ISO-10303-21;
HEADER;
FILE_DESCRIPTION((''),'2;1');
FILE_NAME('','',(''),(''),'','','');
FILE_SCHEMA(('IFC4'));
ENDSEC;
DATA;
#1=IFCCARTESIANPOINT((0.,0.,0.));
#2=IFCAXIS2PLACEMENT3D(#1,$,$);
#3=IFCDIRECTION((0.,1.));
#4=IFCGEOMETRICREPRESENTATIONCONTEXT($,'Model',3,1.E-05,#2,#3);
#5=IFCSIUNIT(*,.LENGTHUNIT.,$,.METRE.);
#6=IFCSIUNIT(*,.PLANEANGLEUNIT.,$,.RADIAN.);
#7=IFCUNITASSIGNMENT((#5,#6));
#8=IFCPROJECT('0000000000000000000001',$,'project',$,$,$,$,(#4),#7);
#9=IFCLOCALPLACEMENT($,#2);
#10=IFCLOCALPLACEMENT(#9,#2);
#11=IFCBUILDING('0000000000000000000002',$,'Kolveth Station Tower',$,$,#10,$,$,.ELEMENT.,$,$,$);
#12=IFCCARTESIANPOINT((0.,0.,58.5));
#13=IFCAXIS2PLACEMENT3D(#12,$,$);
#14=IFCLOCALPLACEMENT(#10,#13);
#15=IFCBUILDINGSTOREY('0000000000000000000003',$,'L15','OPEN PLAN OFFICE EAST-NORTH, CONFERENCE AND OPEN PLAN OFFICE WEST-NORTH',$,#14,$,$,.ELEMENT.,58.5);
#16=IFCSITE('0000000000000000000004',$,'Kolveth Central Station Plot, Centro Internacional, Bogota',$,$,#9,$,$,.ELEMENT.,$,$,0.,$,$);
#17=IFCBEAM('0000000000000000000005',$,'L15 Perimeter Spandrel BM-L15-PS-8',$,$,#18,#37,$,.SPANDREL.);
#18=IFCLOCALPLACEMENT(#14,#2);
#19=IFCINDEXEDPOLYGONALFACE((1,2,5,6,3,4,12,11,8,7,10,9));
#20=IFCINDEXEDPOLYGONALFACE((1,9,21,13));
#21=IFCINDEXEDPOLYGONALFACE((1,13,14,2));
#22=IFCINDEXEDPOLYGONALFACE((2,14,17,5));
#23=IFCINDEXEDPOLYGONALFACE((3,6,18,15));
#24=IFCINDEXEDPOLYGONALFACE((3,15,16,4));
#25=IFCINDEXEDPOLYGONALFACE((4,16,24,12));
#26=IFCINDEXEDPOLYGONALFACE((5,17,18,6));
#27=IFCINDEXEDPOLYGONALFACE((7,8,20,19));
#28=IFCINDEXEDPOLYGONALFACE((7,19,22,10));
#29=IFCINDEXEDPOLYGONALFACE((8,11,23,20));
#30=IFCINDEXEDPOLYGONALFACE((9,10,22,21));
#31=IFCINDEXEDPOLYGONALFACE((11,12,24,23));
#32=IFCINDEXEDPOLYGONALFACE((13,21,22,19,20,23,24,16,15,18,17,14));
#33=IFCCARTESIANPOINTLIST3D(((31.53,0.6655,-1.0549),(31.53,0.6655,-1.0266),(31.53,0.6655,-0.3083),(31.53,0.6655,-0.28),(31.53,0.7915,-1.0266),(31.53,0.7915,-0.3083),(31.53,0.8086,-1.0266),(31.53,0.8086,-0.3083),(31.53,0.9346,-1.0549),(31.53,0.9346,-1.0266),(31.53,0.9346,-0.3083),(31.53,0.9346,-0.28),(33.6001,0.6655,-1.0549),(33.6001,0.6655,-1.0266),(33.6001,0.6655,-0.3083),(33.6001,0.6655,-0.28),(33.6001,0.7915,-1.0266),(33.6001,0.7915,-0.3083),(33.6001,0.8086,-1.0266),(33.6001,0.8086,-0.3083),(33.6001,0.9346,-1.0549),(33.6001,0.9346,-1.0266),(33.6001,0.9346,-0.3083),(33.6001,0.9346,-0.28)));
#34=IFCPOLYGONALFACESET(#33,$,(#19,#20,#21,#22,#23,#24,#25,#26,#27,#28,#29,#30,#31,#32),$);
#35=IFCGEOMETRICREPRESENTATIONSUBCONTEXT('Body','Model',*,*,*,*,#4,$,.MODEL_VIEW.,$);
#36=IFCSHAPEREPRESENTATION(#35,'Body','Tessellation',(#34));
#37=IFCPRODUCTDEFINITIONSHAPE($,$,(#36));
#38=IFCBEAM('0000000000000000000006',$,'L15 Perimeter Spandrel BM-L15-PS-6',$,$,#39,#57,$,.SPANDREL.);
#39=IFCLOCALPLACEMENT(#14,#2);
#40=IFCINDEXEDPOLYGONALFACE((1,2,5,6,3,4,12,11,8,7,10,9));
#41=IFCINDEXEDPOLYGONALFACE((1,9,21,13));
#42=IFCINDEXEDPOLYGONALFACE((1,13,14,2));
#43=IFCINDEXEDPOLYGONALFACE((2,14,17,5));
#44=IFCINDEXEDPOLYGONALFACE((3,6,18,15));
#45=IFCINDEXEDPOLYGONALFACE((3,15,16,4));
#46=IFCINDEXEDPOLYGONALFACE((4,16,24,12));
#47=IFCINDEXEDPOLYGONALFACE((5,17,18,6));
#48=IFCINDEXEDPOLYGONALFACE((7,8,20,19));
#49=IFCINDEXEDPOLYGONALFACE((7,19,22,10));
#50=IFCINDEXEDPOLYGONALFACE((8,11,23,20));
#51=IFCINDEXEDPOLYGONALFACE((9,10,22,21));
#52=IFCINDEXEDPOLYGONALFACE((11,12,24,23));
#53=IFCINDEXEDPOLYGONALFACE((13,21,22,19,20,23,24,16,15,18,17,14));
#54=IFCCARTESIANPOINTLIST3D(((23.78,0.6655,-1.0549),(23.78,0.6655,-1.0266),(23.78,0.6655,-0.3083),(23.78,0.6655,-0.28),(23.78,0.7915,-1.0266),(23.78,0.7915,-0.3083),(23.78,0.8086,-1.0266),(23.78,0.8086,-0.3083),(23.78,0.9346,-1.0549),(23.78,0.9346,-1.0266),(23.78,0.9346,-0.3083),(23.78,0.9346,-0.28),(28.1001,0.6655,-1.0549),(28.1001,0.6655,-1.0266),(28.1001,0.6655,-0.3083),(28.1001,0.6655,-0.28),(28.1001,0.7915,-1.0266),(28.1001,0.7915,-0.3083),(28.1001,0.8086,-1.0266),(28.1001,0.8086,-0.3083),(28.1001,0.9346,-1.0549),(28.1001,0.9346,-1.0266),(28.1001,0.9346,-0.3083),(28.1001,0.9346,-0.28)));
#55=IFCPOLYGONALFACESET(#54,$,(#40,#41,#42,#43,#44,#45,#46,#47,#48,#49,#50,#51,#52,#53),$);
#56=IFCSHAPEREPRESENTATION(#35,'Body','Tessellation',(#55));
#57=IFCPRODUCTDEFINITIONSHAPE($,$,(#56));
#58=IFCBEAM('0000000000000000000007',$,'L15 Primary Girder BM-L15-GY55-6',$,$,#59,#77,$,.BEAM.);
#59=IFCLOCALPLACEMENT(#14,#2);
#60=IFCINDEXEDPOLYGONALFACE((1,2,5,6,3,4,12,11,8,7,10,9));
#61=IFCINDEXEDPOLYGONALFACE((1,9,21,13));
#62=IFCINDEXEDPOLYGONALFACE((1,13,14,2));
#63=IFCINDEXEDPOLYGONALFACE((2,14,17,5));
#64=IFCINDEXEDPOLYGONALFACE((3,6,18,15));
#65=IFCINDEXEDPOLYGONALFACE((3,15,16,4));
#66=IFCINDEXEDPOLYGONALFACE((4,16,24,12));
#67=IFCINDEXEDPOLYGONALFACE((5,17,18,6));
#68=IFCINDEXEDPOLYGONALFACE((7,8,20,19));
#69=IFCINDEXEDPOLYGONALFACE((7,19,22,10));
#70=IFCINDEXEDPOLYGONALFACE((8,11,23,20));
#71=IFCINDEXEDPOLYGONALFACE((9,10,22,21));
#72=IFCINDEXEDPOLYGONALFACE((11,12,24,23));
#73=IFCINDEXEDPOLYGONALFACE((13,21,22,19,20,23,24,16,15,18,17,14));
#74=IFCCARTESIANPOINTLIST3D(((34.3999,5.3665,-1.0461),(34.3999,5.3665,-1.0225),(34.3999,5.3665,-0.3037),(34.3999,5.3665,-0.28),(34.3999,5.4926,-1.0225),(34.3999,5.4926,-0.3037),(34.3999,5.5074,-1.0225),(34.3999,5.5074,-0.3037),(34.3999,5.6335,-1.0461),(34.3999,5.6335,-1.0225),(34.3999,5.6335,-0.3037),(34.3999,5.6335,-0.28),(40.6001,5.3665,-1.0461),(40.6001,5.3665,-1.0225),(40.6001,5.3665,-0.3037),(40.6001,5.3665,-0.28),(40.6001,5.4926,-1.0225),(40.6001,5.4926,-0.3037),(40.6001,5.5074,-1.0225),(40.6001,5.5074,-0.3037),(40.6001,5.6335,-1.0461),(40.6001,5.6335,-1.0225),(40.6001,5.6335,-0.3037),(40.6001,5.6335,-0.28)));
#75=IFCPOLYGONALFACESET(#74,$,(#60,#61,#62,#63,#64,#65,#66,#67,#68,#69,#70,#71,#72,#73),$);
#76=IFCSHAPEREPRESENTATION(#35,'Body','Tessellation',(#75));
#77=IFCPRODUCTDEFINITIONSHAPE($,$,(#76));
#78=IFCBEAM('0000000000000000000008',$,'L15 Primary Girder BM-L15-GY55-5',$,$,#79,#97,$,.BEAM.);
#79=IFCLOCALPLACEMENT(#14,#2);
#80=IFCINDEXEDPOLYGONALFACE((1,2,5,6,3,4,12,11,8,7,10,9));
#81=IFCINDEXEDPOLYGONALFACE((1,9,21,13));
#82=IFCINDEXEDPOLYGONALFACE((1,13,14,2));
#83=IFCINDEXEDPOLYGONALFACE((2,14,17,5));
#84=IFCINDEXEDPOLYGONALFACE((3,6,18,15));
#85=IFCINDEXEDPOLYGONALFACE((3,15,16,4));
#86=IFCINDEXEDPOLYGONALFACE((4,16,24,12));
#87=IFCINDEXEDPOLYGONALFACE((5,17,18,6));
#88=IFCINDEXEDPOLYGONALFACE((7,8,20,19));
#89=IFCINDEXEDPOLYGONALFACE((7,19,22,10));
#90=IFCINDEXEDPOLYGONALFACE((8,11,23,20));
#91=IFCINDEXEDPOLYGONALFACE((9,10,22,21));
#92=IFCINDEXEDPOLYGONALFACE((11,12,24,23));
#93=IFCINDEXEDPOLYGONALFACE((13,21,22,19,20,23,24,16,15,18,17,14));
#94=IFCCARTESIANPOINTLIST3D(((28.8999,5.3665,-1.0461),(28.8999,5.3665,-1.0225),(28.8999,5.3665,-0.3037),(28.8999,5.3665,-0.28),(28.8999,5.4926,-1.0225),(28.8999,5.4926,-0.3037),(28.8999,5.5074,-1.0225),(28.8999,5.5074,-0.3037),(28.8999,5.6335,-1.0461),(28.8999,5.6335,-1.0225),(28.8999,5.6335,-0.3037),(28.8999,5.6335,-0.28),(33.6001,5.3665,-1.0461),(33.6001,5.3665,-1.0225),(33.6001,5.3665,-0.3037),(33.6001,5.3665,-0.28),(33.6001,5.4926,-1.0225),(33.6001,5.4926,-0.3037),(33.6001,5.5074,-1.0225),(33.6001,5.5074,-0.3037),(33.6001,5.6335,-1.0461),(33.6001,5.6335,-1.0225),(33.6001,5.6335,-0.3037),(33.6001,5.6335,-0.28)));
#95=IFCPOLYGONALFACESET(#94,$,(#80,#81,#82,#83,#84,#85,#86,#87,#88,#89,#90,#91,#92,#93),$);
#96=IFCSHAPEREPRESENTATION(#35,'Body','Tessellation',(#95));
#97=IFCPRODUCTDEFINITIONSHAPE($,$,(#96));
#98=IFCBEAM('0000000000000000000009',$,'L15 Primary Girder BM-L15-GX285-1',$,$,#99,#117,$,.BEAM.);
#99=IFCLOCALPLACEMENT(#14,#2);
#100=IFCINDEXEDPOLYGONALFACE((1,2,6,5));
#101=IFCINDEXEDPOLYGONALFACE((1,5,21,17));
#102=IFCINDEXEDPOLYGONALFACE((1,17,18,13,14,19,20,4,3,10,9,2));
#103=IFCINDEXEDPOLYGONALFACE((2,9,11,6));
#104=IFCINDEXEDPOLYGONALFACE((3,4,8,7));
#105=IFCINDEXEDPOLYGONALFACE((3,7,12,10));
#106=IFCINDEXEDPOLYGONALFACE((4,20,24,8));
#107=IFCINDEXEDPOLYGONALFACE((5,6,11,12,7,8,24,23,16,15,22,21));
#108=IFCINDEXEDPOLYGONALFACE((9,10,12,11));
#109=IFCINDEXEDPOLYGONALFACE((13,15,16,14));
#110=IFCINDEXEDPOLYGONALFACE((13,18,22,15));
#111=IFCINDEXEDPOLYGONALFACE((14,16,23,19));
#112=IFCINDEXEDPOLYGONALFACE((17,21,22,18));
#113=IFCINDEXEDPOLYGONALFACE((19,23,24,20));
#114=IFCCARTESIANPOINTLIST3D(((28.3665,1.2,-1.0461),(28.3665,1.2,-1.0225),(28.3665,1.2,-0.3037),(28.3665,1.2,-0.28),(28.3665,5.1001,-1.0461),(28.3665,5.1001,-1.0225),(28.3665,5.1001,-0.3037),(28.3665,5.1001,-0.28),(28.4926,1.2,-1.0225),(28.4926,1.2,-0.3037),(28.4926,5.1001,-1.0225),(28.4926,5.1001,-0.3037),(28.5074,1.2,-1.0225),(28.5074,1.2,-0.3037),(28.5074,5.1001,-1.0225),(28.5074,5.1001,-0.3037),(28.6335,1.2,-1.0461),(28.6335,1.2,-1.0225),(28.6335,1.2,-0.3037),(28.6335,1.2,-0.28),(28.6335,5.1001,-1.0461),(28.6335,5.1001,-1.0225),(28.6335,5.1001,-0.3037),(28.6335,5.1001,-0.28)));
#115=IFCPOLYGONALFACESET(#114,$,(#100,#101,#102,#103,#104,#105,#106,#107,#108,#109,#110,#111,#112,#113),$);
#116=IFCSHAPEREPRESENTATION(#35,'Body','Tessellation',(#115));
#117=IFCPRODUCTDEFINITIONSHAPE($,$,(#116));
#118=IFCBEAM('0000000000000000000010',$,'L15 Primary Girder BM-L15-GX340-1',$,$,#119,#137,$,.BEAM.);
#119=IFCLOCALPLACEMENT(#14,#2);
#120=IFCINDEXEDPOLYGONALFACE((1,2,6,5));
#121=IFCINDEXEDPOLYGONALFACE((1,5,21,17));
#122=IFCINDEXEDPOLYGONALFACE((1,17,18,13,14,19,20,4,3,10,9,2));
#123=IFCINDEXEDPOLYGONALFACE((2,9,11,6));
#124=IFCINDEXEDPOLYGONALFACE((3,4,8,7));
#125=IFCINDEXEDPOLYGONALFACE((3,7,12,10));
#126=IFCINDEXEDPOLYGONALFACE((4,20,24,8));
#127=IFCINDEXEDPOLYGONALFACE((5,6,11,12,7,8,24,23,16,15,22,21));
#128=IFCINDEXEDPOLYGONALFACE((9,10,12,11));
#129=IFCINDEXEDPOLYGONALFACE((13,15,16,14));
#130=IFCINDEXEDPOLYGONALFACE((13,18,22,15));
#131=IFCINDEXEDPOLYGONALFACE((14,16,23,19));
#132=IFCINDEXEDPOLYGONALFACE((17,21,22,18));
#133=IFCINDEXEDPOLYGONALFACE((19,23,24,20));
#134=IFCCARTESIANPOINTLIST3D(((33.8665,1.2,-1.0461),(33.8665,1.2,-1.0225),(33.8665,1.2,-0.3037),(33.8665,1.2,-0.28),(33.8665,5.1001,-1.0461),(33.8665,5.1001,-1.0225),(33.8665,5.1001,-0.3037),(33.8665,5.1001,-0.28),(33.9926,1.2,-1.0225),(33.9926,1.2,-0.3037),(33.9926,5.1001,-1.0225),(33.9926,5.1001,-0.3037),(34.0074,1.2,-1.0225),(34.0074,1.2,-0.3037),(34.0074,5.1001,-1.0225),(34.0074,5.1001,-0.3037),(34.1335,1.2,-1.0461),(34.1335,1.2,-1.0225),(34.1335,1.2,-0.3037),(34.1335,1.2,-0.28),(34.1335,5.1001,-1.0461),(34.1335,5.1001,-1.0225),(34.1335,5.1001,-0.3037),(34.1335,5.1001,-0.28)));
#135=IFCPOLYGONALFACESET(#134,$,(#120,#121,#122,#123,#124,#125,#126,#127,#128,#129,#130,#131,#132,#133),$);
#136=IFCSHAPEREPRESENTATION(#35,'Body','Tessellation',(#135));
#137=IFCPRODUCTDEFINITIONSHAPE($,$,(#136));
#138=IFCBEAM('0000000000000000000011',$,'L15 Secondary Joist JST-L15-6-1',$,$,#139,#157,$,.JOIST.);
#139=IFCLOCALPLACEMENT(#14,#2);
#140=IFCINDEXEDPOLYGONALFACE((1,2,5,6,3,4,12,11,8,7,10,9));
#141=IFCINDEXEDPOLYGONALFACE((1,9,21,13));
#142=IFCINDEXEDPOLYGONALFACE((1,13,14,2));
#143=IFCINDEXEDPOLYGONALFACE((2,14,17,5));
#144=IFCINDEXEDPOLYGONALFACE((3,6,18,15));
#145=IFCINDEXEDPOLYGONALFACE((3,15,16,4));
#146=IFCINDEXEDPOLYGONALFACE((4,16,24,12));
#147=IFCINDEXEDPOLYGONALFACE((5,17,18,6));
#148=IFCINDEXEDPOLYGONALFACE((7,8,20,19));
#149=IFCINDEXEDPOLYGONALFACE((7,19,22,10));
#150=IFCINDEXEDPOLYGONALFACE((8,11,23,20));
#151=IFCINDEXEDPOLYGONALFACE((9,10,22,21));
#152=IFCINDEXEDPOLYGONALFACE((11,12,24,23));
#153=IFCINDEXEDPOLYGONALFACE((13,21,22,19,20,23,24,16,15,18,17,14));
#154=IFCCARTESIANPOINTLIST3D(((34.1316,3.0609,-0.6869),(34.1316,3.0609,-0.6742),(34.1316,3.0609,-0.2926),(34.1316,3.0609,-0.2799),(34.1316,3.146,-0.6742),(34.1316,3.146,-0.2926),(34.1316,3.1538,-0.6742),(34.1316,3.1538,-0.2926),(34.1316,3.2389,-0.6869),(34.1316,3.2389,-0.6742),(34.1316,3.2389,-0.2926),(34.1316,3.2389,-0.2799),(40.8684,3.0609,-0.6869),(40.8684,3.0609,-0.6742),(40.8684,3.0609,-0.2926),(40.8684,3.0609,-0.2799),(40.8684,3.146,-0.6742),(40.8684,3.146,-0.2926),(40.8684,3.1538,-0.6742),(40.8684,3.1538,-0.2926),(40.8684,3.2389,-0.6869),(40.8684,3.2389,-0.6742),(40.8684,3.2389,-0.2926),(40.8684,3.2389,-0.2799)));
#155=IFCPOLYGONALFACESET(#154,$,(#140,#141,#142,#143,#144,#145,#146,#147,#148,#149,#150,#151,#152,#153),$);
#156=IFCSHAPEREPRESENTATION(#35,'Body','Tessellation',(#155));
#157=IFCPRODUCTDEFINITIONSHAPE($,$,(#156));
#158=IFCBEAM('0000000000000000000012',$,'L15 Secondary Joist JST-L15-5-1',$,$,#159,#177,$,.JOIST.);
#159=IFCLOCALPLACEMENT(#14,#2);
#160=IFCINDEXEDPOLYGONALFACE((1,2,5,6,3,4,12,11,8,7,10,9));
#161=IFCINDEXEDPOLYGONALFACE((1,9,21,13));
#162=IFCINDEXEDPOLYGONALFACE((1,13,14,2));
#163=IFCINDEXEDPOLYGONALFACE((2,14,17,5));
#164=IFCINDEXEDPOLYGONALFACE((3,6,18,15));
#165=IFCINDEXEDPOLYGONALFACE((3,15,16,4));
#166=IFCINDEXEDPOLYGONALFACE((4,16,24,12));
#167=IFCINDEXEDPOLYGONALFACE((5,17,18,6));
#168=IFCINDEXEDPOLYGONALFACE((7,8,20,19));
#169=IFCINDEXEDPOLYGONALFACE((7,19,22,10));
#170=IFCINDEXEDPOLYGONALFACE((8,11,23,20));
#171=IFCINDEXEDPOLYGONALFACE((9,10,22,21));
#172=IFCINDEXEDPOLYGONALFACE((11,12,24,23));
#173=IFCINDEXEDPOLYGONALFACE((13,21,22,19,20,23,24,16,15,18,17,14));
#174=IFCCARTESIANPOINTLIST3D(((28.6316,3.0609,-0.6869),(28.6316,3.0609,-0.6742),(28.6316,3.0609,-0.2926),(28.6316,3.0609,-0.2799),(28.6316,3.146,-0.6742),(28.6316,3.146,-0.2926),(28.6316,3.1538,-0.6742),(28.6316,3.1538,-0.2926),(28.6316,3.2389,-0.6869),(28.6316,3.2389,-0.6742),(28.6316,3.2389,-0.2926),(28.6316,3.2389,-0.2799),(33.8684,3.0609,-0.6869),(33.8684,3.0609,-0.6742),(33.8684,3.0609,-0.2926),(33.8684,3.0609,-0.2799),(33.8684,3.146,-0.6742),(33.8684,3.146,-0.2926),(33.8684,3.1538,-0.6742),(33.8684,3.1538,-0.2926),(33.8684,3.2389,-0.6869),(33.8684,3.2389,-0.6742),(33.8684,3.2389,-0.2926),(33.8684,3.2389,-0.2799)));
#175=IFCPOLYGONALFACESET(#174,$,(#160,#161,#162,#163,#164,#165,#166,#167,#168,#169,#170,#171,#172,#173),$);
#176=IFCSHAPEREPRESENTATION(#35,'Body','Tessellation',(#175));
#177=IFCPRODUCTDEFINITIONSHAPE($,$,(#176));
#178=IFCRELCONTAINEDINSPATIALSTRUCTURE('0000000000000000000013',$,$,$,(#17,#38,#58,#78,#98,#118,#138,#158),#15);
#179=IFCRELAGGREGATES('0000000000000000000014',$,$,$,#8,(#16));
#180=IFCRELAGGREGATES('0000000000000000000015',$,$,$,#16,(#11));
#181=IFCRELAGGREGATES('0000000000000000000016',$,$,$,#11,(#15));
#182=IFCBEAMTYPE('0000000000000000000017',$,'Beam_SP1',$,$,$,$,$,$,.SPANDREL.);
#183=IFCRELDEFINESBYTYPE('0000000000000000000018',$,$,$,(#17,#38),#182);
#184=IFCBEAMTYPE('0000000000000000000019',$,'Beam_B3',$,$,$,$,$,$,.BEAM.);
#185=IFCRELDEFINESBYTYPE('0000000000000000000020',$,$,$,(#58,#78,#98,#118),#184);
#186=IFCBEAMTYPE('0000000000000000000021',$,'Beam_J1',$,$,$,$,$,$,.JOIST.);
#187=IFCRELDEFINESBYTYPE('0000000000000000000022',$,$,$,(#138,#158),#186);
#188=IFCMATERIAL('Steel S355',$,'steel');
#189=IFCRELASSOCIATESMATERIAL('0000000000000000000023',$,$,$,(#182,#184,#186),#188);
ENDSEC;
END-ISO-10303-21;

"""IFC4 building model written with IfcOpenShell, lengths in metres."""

from ifc_helpers import new_model, si_unit, direction, frame, origin, origin_2d, place, context, subcontext, project, spatial, i_section, extrude, source, transform, mapped, material, material_profile, profile_set, type_object, element, save


model = new_model("IFC4")

# Units and contexts
model_context = context("Model", 3, precision=1e-05, world=origin(), true_north=direction((0.0, 1.0)))
body_context = subcontext(model_context, "Body", "Model", "MODEL_VIEW")
ifc_project = project(units=[si_unit("LENGTHUNIT", "METRE"), si_unit("PLANEANGLEUNIT", "RADIAN")], contexts=[model_context])

# Site, building, storey
site_placement = place(None, origin())
site = spatial("IfcSite", under=ifc_project, at=site_placement, Name="Kolveth Central Station Plot, Centro Internacional, Bogota", CompositionType="ELEMENT", RefElevation=0.0)
building_placement = place(site_placement, origin())
building = spatial("IfcBuilding", under=site, at=building_placement, Name="Kolveth Station Tower", CompositionType="ELEMENT")
storey_placement = place(building_placement, frame((0.0, 0.0, 58.5)))
storey = spatial("IfcBuildingStorey", under=building, at=storey_placement, Name="L15", Description="OPEN PLAN OFFICE EAST-NORTH, CONFERENCE AND OPEN PLAN OFFICE WEST-NORTH", CompositionType="ELEMENT", Elevation=58.5)

# Shared definitions
ifc_material_1 = material(Name="Steel S355", Category="steel")

# Beams
ifc_material_profile_1 = material_profile(ifc_material_1, i_section(OverallWidth=0.269, OverallDepth=0.7749, WebThickness=0.0171, FlangeThickness=0.0283, at=origin_2d()), Name="W760x220")
ifc_profile_set_1 = profile_set([ifc_material_profile_1], Name="Steel S355")
beam_type_1 = type_object("IfcBeamType", Name="Beam_SP1", PredefinedType="SPANDREL", material=ifc_profile_set_1)
shared_shape_1 = source(origin(), body_context, "Body", "SweptSolid", [
    extrude(i_section(OverallWidth=0.269, OverallDepth=0.7749, WebThickness=0.0171, FlangeThickness=0.0283, at=origin_2d()), origin(), (0.0, 0.0, 1.0), 2.0701),
])
for number, where, z_axis, x_axis, name in (
    (1, (31.53, 0.8, -0.6675), (1.0, 0.0, 0.0), (0.0, 1.0, 0.0), "L15 Perimeter Spandrel BM-L15-PS-8"),
):
    element("IfcBeam", number, at=place(storey_placement, frame(where, z_axis=z_axis, x_axis=x_axis)), inside=storey, type_object=beam_type_1, Name=name, PredefinedType="SPANDREL", context=body_context, shape_type="MappedRepresentation", body=[
        mapped(shared_shape_1, transform((0.0, 0.0, 0.0), x_axis=(1.0, 0.0, 0.0), y_axis=(0.0, 1.0, 0.0), z_axis=(0.0, 0.0, 1.0), scale=1.0)),
    ])
shared_shape_2 = source(origin(), body_context, "Body", "SweptSolid", [
    extrude(i_section(OverallWidth=0.269, OverallDepth=0.7749, WebThickness=0.0171, FlangeThickness=0.0283, at=origin_2d()), origin(), (0.0, 0.0, 1.0), 4.3201),
])
beam_1_placement = place(storey_placement, frame((23.78, 0.8, -0.6675), z_axis=(1.0, 0.0, 0.0), x_axis=(0.0, 1.0, 0.0)))
element("IfcBeam", 2, at=beam_1_placement, inside=storey, type_object=beam_type_1, Name="L15 Perimeter Spandrel BM-L15-PS-6", PredefinedType="SPANDREL", context=body_context, shape_type="MappedRepresentation", body=[
    mapped(shared_shape_2, transform((0.0, 0.0, 0.0), x_axis=(1.0, 0.0, 0.0), y_axis=(0.0, 1.0, 0.0), z_axis=(0.0, 0.0, 1.0), scale=1.0)),
])
ifc_material_profile_2 = material_profile(ifc_material_1, i_section(OverallWidth=0.2671, OverallDepth=0.7661, WebThickness=0.0149, FlangeThickness=0.0237, at=origin_2d()), Name="W760x185")
ifc_profile_set_2 = profile_set([ifc_material_profile_2], Name="Steel S355")
beam_type_2 = type_object("IfcBeamType", Name="Beam_B3", PredefinedType="BEAM", material=ifc_profile_set_2)
shared_shape_3 = source(origin(), body_context, "Body", "SweptSolid", [
    extrude(i_section(OverallWidth=0.2671, OverallDepth=0.7661, WebThickness=0.0149, FlangeThickness=0.0237, at=origin_2d()), origin(), (0.0, 0.0, 1.0), 6.2002),
])
beam_2_placement = place(storey_placement, frame((34.3999, 5.5, -0.6631), z_axis=(1.0, 0.0, 0.0), x_axis=(0.0, 1.0, 0.0)))
element("IfcBeam", 3, at=beam_2_placement, inside=storey, type_object=beam_type_2, Name="L15 Primary Girder BM-L15-GY55-6", PredefinedType="BEAM", context=body_context, shape_type="MappedRepresentation", body=[
    mapped(shared_shape_3, transform((0.0, 0.0, 0.0), x_axis=(1.0, 0.0, 0.0), y_axis=(0.0, 1.0, 0.0), z_axis=(0.0, 0.0, 1.0), scale=1.0)),
])
shared_shape_4 = source(origin(), body_context, "Body", "SweptSolid", [
    extrude(i_section(OverallWidth=0.2671, OverallDepth=0.7661, WebThickness=0.0149, FlangeThickness=0.0237, at=origin_2d()), origin(), (0.0, 0.0, 1.0), 4.7002),
])
beam_3_placement = place(storey_placement, frame((28.8999, 5.5, -0.6631), z_axis=(1.0, 0.0, 0.0), x_axis=(0.0, 1.0, 0.0)))
element("IfcBeam", 4, at=beam_3_placement, inside=storey, type_object=beam_type_2, Name="L15 Primary Girder BM-L15-GY55-5", PredefinedType="BEAM", context=body_context, shape_type="MappedRepresentation", body=[
    mapped(shared_shape_4, transform((0.0, 0.0, 0.0), x_axis=(1.0, 0.0, 0.0), y_axis=(0.0, 1.0, 0.0), z_axis=(0.0, 0.0, 1.0), scale=1.0)),
])
shared_shape_5 = source(origin(), body_context, "Body", "SweptSolid", [
    extrude(i_section(OverallWidth=0.2671, OverallDepth=0.7661, WebThickness=0.0149, FlangeThickness=0.0237, at=origin_2d()), origin(), (0.0, 0.0, 1.0), 3.9001),
])
for number, where, z_axis, x_axis, name in (
    (5, (28.5, 1.2, -0.6631), (0.0, 1.0, 0.0), (-1.0, 0.0, 0.0), "L15 Primary Girder BM-L15-GX285-1"),
    (6, (34.0, 1.2, -0.6631), (0.0, 1.0, 0.0), (-1.0, 0.0, 0.0), "L15 Primary Girder BM-L15-GX340-1"),
):
    element("IfcBeam", number, at=place(storey_placement, frame(where, z_axis=z_axis, x_axis=x_axis)), inside=storey, type_object=beam_type_2, Name=name, PredefinedType="BEAM", context=body_context, shape_type="MappedRepresentation", body=[
        mapped(shared_shape_5, transform((0.0, 0.0, 0.0), x_axis=(1.0, 0.0, 0.0), y_axis=(0.0, 1.0, 0.0), z_axis=(0.0, 0.0, 1.0), scale=1.0)),
    ])
ifc_material_profile_3 = material_profile(ifc_material_1, i_section(OverallWidth=0.178, OverallDepth=0.407, WebThickness=0.0078, FlangeThickness=0.0127, at=origin_2d()), Name="W410x60")
ifc_profile_set_3 = profile_set([ifc_material_profile_3], Name="Steel S355")
beam_type_3 = type_object("IfcBeamType", Name="Beam_J1", PredefinedType="JOIST", material=ifc_profile_set_3)
shared_shape_6 = source(origin(), body_context, "Body", "SweptSolid", [
    extrude(i_section(OverallWidth=0.178, OverallDepth=0.407, WebThickness=0.0078, FlangeThickness=0.0127, at=origin_2d()), origin(), (0.0, 0.0, 1.0), 6.7368),
])
beam_4_placement = place(storey_placement, frame((34.1316, 3.1499, -0.4834), z_axis=(1.0, 0.0, 0.0), x_axis=(0.0, 1.0, 0.0)))
element("IfcBeam", 7, at=beam_4_placement, inside=storey, type_object=beam_type_3, Name="L15 Secondary Joist JST-L15-6-1", PredefinedType="JOIST", context=body_context, shape_type="MappedRepresentation", body=[
    mapped(shared_shape_6, transform((0.0, 0.0, 0.0), x_axis=(1.0, 0.0, 0.0), y_axis=(0.0, 1.0, 0.0), z_axis=(0.0, 0.0, 1.0), scale=1.0)),
])
shared_shape_7 = source(origin(), body_context, "Body", "SweptSolid", [
    extrude(i_section(OverallWidth=0.178, OverallDepth=0.407, WebThickness=0.0078, FlangeThickness=0.0127, at=origin_2d()), origin(), (0.0, 0.0, 1.0), 5.2368),
])
beam_5_placement = place(storey_placement, frame((28.6316, 3.1499, -0.4834), z_axis=(1.0, 0.0, 0.0), x_axis=(0.0, 1.0, 0.0)))
element("IfcBeam", 8, at=beam_5_placement, inside=storey, type_object=beam_type_3, Name="L15 Secondary Joist JST-L15-5-1", PredefinedType="JOIST", context=body_context, shape_type="MappedRepresentation", body=[
    mapped(shared_shape_7, transform((0.0, 0.0, 0.0), x_axis=(1.0, 0.0, 0.0), y_axis=(0.0, 1.0, 0.0), z_axis=(0.0, 0.0, 1.0), scale=1.0)),
])

save(model, "model.ifc")
